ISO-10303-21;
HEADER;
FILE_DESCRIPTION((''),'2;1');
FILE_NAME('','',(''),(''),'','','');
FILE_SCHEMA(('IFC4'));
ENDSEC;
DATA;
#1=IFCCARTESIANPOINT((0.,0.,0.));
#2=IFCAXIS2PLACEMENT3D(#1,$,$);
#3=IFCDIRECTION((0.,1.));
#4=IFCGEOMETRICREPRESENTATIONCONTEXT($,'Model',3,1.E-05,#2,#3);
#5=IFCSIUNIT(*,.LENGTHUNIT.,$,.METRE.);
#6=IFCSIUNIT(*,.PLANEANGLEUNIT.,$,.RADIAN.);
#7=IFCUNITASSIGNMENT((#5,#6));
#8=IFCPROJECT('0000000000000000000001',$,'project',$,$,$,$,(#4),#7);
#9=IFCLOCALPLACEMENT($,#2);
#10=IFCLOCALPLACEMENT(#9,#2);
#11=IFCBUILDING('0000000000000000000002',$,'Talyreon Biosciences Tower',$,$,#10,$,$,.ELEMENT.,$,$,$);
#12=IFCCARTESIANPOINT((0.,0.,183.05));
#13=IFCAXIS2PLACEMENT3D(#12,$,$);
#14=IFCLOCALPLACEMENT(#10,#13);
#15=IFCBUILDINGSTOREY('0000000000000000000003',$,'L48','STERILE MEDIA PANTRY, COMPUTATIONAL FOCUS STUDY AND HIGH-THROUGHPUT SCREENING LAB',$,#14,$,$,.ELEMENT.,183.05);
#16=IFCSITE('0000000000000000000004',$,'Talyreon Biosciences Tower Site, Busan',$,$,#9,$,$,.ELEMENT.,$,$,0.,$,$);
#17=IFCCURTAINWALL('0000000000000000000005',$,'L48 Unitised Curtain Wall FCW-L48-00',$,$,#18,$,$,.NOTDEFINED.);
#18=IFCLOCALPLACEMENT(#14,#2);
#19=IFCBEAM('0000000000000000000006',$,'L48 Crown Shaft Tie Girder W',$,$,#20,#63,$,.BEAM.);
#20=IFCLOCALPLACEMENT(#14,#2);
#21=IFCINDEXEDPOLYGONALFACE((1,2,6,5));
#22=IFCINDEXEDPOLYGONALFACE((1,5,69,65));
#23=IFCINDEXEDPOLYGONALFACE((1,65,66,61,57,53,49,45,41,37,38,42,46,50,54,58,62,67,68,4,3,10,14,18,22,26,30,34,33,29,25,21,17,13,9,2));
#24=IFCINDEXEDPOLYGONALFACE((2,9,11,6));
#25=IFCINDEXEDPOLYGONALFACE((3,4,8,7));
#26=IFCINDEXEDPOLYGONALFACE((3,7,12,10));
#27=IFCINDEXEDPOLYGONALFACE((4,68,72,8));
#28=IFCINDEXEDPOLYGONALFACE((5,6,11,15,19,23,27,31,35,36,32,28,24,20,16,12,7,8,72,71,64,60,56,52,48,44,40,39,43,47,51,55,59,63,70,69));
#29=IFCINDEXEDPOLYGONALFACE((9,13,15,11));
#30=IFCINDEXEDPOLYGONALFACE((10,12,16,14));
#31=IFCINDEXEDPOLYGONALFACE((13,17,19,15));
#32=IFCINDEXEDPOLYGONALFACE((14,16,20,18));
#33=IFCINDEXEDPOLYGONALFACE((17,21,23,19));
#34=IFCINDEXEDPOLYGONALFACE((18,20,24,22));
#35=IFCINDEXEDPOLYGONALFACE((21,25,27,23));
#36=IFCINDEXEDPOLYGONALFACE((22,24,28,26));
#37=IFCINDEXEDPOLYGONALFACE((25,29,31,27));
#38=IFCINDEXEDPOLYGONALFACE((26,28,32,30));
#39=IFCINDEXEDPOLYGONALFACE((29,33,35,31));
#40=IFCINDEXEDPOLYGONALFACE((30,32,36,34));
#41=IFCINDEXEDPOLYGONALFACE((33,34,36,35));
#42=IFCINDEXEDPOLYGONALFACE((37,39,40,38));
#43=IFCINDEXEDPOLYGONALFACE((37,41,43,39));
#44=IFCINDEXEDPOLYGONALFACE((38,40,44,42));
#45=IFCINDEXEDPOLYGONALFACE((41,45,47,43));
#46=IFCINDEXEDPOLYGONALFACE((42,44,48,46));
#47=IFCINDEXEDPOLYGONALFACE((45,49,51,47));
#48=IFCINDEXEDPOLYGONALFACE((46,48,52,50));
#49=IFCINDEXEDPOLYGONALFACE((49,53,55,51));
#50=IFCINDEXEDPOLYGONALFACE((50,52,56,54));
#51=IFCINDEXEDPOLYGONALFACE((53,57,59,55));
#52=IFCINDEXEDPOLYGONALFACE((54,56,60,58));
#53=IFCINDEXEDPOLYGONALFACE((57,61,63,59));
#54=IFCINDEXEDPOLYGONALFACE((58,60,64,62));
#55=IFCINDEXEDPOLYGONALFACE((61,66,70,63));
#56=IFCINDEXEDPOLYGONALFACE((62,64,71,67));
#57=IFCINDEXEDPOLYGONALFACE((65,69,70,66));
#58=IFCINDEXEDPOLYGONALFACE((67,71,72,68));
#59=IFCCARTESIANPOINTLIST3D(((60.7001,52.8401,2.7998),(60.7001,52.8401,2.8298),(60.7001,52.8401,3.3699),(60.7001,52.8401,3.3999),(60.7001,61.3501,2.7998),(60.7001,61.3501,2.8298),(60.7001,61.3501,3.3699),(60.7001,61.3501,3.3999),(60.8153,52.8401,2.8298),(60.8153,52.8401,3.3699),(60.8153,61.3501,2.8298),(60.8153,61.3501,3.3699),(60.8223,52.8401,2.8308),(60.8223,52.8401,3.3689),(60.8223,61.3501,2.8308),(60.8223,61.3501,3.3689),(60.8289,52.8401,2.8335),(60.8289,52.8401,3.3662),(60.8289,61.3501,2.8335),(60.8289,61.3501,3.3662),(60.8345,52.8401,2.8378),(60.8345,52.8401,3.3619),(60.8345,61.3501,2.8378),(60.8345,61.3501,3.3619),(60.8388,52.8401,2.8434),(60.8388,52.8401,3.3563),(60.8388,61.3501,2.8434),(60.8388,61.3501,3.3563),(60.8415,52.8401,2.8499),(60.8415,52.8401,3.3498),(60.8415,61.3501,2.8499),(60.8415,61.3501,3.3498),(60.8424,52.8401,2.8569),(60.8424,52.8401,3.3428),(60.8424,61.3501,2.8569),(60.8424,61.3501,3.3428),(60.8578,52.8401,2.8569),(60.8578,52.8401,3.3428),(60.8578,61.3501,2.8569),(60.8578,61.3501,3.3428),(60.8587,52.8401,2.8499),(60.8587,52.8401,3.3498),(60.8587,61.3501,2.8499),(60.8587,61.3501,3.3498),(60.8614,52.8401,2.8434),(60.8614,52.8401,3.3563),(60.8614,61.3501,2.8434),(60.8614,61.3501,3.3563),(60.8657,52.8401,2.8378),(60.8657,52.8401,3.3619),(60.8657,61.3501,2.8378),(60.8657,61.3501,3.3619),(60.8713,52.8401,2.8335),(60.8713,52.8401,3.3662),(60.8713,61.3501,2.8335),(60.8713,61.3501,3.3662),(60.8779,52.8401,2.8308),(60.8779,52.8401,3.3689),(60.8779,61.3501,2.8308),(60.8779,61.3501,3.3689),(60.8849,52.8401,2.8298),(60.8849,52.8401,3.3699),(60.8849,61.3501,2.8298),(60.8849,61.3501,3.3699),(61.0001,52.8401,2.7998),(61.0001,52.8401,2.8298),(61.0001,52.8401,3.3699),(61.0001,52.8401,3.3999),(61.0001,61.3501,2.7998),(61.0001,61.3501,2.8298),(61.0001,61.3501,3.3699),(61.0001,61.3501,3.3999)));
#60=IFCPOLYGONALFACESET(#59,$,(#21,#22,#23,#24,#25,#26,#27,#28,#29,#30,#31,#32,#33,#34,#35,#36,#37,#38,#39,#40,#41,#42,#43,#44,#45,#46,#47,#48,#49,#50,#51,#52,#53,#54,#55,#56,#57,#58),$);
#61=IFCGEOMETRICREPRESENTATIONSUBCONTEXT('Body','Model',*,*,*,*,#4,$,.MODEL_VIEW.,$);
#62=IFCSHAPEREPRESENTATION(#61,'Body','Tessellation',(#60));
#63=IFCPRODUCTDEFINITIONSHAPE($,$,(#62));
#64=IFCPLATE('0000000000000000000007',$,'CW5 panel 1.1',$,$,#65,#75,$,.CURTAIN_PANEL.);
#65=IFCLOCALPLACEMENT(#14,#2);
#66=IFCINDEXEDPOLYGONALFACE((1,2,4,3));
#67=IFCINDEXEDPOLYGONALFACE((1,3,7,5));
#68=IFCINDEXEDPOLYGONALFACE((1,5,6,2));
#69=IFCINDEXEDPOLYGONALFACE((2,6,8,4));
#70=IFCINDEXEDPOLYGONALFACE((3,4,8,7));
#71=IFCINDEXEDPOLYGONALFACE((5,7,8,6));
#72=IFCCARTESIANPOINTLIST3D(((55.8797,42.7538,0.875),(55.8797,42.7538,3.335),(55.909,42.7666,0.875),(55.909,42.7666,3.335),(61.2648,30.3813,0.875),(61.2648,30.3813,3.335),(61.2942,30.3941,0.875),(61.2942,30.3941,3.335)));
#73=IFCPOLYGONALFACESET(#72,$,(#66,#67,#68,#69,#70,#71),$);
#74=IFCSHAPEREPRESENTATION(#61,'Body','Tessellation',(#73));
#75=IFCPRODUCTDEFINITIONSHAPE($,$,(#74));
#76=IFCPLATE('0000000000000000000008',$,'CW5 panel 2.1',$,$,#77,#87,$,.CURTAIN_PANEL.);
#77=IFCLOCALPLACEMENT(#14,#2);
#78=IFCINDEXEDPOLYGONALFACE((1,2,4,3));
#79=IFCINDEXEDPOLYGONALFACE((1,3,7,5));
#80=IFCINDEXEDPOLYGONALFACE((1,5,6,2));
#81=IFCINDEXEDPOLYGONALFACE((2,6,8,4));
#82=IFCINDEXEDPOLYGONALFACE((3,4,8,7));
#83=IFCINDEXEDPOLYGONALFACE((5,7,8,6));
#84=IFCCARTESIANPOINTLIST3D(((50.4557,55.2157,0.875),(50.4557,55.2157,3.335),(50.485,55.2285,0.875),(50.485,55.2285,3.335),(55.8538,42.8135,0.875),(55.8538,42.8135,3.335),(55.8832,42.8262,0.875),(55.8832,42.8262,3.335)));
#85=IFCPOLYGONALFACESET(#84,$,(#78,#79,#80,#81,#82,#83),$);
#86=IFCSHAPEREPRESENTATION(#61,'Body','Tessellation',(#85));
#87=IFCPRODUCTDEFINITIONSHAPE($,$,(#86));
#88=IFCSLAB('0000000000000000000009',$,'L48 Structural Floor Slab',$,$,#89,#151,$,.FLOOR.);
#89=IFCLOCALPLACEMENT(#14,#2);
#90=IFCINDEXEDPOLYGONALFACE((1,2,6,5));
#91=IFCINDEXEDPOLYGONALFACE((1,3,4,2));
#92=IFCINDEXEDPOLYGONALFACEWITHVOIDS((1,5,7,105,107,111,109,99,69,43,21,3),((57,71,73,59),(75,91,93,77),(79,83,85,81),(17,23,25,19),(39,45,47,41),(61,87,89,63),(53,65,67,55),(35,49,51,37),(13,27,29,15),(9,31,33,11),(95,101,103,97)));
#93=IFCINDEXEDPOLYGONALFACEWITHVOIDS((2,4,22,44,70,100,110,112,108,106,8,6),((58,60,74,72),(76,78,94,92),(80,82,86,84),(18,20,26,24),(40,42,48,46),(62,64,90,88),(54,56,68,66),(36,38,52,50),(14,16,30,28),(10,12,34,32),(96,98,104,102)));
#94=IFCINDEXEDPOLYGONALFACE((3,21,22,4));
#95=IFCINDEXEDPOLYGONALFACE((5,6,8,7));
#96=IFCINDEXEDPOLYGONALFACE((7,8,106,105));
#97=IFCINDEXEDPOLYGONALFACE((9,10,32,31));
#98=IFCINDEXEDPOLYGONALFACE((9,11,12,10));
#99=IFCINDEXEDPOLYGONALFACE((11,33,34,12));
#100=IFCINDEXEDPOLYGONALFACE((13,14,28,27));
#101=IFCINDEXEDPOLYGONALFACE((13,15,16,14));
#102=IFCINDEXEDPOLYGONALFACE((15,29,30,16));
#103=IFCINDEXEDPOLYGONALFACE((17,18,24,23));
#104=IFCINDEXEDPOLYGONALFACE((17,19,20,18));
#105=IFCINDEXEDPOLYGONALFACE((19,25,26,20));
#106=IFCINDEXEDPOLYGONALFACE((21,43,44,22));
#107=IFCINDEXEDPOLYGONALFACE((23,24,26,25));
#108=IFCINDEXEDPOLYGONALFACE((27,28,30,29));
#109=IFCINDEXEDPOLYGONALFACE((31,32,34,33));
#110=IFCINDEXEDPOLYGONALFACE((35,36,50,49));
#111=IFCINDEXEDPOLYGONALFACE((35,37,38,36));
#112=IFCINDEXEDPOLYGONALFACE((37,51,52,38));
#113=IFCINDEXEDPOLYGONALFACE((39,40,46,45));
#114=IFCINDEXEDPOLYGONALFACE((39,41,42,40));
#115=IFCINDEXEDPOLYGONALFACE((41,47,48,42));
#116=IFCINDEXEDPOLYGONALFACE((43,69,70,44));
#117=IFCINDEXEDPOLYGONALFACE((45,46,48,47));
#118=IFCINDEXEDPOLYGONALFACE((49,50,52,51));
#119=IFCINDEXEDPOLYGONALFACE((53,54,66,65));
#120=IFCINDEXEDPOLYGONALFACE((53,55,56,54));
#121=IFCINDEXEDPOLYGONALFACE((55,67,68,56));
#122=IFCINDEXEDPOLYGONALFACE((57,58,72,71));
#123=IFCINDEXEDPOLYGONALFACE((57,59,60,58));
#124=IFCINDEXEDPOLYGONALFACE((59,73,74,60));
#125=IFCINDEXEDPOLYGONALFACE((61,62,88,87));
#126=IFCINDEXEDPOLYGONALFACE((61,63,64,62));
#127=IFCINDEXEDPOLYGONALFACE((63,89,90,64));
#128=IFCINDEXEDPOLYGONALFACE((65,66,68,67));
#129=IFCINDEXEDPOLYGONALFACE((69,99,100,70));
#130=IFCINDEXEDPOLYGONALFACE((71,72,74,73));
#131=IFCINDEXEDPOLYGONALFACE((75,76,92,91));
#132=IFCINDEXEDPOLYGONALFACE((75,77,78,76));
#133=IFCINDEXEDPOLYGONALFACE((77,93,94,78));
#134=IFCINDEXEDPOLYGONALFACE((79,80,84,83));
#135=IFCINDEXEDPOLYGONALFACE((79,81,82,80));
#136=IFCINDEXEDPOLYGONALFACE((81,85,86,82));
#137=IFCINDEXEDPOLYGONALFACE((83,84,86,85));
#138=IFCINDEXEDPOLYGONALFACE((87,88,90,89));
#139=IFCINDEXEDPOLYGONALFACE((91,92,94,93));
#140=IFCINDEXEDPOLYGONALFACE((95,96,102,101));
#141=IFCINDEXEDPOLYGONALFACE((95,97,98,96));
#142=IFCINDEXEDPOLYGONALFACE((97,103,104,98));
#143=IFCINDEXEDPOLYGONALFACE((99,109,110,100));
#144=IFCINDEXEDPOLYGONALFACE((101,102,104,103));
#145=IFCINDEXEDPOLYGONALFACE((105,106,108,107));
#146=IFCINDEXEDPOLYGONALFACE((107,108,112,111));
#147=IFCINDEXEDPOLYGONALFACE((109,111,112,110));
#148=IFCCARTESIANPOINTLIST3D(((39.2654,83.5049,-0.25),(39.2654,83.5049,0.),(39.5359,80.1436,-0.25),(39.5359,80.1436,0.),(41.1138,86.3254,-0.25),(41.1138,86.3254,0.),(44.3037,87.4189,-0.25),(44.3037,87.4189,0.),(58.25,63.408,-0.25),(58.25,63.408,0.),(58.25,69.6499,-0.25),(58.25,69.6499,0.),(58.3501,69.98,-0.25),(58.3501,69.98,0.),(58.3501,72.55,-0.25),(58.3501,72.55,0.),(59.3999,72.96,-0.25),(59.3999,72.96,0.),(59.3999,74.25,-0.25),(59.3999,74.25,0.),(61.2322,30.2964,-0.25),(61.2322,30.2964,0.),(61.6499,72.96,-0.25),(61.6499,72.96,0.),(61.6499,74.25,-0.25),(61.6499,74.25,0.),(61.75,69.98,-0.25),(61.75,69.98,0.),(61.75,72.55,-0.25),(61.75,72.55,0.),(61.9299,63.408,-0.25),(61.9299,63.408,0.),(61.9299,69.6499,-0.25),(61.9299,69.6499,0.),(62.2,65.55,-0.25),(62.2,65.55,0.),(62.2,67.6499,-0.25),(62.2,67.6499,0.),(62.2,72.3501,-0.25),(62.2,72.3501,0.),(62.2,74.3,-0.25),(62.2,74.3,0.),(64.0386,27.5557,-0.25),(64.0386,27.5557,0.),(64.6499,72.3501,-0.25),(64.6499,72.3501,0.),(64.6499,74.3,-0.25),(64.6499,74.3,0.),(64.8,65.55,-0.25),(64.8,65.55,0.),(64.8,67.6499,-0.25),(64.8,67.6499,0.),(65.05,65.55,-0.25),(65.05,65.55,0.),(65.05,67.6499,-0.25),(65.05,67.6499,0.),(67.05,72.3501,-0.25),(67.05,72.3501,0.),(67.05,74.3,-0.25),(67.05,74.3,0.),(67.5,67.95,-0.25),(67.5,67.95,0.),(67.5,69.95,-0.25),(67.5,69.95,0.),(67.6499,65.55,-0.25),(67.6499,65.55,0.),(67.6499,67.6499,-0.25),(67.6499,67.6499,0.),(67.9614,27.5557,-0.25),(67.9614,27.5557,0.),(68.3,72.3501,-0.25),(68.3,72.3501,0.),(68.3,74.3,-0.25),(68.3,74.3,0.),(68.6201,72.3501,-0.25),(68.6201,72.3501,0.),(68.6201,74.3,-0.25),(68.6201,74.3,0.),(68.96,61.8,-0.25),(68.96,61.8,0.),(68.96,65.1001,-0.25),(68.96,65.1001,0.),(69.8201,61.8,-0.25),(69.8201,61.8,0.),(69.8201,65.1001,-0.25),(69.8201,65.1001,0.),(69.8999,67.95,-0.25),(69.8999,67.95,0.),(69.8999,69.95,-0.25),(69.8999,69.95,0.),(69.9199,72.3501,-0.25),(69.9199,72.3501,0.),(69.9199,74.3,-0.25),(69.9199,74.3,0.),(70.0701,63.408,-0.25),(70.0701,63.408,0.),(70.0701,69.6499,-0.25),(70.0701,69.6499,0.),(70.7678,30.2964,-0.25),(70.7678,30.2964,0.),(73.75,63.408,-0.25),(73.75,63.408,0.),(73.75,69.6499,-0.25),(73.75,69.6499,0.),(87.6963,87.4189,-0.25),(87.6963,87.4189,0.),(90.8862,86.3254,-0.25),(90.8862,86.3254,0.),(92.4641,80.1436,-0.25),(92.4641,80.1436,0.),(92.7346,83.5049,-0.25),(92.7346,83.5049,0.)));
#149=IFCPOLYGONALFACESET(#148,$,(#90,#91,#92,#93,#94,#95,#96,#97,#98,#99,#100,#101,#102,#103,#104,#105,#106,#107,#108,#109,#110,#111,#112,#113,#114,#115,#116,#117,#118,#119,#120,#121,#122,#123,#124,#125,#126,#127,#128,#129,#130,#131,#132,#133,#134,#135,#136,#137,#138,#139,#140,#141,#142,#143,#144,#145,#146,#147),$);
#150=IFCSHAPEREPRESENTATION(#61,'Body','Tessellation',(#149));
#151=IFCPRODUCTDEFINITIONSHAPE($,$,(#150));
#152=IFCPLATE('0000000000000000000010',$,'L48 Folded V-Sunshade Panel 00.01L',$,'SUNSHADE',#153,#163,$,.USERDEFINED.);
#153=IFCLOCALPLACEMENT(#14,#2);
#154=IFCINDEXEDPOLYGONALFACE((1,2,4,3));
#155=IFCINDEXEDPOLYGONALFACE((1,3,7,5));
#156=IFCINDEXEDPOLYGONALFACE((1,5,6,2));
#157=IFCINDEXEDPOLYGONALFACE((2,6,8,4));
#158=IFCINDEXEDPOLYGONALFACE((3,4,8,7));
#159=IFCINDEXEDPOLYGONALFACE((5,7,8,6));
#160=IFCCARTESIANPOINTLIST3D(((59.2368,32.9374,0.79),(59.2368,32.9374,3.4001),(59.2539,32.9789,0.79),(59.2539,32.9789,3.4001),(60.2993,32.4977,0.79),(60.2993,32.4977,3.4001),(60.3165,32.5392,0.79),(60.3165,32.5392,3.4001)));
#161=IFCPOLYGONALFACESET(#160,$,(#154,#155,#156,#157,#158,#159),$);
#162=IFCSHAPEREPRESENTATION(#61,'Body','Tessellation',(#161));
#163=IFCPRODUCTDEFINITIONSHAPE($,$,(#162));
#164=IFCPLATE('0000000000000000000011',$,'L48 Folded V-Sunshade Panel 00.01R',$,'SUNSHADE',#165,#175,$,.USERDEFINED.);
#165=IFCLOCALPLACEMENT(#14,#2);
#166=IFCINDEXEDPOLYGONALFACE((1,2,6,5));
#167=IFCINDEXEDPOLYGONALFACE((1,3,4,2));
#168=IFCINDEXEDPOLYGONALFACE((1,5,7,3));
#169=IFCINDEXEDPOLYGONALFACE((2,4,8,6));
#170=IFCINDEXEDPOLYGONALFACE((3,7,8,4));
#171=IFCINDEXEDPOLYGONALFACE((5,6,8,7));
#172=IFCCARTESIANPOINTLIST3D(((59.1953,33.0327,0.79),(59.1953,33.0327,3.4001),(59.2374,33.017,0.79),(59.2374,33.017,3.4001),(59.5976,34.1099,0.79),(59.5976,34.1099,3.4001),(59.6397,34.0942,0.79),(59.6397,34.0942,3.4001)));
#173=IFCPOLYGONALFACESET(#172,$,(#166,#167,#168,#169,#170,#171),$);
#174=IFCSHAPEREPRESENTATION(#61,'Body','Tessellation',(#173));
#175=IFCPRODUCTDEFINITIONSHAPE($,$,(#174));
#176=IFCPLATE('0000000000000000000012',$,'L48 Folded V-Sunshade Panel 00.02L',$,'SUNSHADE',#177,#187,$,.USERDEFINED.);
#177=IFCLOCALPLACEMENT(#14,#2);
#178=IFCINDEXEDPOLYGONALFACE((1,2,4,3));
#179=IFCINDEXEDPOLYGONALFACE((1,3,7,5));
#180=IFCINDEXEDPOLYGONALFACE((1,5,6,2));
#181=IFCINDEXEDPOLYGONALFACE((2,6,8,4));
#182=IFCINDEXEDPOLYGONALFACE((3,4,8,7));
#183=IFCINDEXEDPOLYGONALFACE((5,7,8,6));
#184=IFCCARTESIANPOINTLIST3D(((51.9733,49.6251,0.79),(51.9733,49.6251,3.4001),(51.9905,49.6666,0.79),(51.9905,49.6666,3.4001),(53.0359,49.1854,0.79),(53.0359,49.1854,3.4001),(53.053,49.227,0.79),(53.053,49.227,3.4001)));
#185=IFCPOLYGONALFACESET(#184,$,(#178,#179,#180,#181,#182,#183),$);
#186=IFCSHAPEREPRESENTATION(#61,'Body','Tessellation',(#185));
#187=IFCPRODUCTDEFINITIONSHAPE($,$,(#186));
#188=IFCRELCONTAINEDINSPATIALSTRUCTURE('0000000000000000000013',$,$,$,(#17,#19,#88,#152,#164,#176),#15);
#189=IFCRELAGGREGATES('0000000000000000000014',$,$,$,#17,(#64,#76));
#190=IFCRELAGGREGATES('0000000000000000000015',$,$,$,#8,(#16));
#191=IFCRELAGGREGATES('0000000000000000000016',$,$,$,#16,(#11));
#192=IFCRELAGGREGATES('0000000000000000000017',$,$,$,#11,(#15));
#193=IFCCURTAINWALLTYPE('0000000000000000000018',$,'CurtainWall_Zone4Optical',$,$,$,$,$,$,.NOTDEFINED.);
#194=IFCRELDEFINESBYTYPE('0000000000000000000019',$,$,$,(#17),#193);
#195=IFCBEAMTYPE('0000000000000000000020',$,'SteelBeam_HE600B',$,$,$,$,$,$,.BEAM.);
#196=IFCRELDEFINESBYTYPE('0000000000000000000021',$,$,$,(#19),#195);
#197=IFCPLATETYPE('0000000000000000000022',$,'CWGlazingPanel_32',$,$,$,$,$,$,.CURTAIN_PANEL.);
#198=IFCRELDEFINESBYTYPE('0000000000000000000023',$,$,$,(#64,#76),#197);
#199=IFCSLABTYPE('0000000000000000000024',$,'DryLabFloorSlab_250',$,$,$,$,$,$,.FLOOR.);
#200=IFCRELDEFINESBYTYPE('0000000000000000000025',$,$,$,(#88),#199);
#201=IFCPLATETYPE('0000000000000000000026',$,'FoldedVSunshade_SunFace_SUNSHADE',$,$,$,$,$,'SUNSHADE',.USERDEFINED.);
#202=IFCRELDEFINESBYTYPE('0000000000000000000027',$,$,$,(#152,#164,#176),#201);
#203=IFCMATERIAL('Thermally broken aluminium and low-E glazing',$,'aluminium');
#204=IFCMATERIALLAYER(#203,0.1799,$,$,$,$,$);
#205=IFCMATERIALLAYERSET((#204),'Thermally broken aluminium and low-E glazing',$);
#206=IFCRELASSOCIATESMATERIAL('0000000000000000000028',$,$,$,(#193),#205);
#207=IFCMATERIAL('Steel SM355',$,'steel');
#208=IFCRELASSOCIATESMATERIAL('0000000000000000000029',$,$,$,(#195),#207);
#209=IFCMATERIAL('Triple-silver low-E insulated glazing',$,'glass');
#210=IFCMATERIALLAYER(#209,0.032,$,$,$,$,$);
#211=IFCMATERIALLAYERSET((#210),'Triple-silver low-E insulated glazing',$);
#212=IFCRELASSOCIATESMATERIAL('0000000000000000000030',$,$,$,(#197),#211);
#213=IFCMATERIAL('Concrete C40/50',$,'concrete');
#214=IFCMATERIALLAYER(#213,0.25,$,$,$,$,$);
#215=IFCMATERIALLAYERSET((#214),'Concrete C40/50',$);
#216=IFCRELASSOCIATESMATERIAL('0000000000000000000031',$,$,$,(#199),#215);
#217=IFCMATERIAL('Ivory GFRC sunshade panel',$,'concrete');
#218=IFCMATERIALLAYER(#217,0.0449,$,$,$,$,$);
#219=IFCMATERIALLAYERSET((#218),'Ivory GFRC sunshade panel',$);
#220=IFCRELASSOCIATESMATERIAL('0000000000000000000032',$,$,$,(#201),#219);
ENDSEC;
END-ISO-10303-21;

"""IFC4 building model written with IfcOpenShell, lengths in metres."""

from ifc_helpers import new_model, si_unit, direction, frame, origin, origin_2d, place, context, subcontext, project, spatial, polyline, rectangle, i_section, outline, extrude, material, layer, layer_set, material_profile, profile_set, type_object, element, aggregate, save


model = new_model("IFC4")

# Units and contexts
model_context = context("Model", 3, precision=1e-05, world=origin(), true_north=direction((0.0, 1.0)))
body_context = subcontext(model_context, "Body", "Model", "MODEL_VIEW")
ifc_project = project(units=[si_unit("LENGTHUNIT", "METRE"), si_unit("PLANEANGLEUNIT", "RADIAN")], contexts=[model_context])

# Site, building, storey
site_placement = place(None, origin())
site = spatial("IfcSite", under=ifc_project, at=site_placement, Name="Talyreon Biosciences Tower Site, Busan", CompositionType="ELEMENT", RefElevation=0.0)
building_placement = place(site_placement, origin())
building = spatial("IfcBuilding", under=site, at=building_placement, Name="Talyreon Biosciences Tower", CompositionType="ELEMENT")
storey_placement = place(building_placement, frame((0.0, 0.0, 183.05)))
storey = spatial("IfcBuildingStorey", under=building, at=storey_placement, Name="L48", Description="STERILE MEDIA PANTRY, COMPUTATIONAL FOCUS STUDY AND HIGH-THROUGHPUT SCREENING LAB", CompositionType="ELEMENT", Elevation=183.05)

# Curtain wall
ifc_material_1 = material(Name="Thermally broken aluminium and low-E glazing", Category="aluminium")
ifc_layer_1 = layer(ifc_material_1, 0.1799)
ifc_layer_set_1 = layer_set([ifc_layer_1], Name="Thermally broken aluminium and low-E glazing")
curtain_wall_type = type_object("IfcCurtainWallType", Name="CurtainWall_Zone4Optical", PredefinedType="NOTDEFINED", material=ifc_layer_set_1)
curtain_wall_placement = place(storey_placement, origin())
curtain_wall = element("IfcCurtainWall", 1, at=curtain_wall_placement, inside=storey, type_object=curtain_wall_type, Name="L48 Unitised Curtain Wall FCW-L48-00", PredefinedType="NOTDEFINED")

# Beam
ifc_material_2 = material(Name="Steel SM355", Category="steel")
ifc_material_profile_1 = material_profile(ifc_material_2, i_section(OverallWidth=0.3, OverallDepth=0.6001, WebThickness=0.0154, FlangeThickness=0.03, FilletRadius=0.0271, at=origin_2d()), Name="HE600B")
ifc_profile_set_1 = profile_set([ifc_material_profile_1], Name="Steel SM355")
beam_type_1 = type_object("IfcBeamType", Name="SteelBeam_HE600B", PredefinedType="BEAM", material=ifc_profile_set_1)
beam_1_placement = place(storey_placement, frame((60.8501, 52.8401, 3.0999), z_axis=(0.0, 1.0, 0.0), x_axis=(-1.0, 0.0, 0.0)))
element("IfcBeam", 2, at=beam_1_placement, inside=storey, type_object=beam_type_1, Name="L48 Crown Shaft Tie Girder W", PredefinedType="BEAM", context=body_context, shape_type="SweptSolid", body=[
    extrude(i_section(OverallWidth=0.3, OverallDepth=0.6001, WebThickness=0.0154, FlangeThickness=0.03, FilletRadius=0.0271, at=origin_2d()), origin(), (0.0, 0.0, 1.0), 8.51),
])

# Plates
ifc_material_3 = material(Name="Triple-silver low-E insulated glazing", Category="glass")
ifc_layer_2 = layer(ifc_material_3, 0.032)
ifc_layer_set_2 = layer_set([ifc_layer_2], Name="Triple-silver low-E insulated glazing")
plate_type_1 = type_object("IfcPlateType", Name="CWGlazingPanel_32", PredefinedType="CURTAIN_PANEL", material=ifc_layer_set_2)
plate_1_placement = place(storey_placement, frame((58.5869, 36.574, 0.875), z_axis=(0.0, 0.0, 1.0), x_axis=(-0.399089, 0.916912, 0.0)))
plate_1 = element("IfcPlate", 3, at=plate_1_placement, type_object=plate_type_1, Name="CW5 panel 1.1", PredefinedType="CURTAIN_PANEL", context=body_context, shape_type="SweptSolid", body=[
    extrude(rectangle(XDim=13.4937, YDim=0.032, at=origin_2d()), origin(), (0.0, 0.0, 1.0), 2.46),
])
plate_2_placement = place(storey_placement, frame((53.1694, 49.021, 0.875), z_axis=(0.0, 0.0, 1.0), x_axis=(-0.399089, 0.916912, 0.0)))
plate_2 = element("IfcPlate", 4, at=plate_2_placement, type_object=plate_type_1, Name="CW5 panel 2.1", PredefinedType="CURTAIN_PANEL", context=body_context, shape_type="SweptSolid", body=[
    extrude(rectangle(XDim=13.5261, YDim=0.032, at=origin_2d()), origin(), (0.0, 0.0, 1.0), 2.46),
])
aggregate(curtain_wall, [plate_1, plate_2])

# Slab
ifc_material_4 = material(Name="Concrete C40/50", Category="concrete")
ifc_layer_3 = layer(ifc_material_4, 0.25)
ifc_layer_set_3 = layer_set([ifc_layer_3], Name="Concrete C40/50")
slab_type_1 = type_object("IfcSlabType", Name="DryLabFloorSlab_250", PredefinedType="FLOOR", material=ifc_layer_set_3)
slab_1_placement = place(storey_placement, frame((0.0, 0.0, -0.25)))
element("IfcSlab", 5, at=slab_1_placement, inside=storey, type_object=slab_type_1, Name="L48 Structural Floor Slab", PredefinedType="FLOOR", context=body_context, shape_type="SweptSolid", body=[
    extrude(outline(polyline([(61.2322, 30.2964), (39.5359, 80.1436), (39.2654, 83.5049), (41.1138, 86.3254), (44.3037, 87.4189), (87.6963, 87.4189), (90.8862, 86.3254), (92.7346, 83.5049), (92.4641, 80.1436), (70.7678, 30.2964), (67.9614, 27.5557), (64.0386, 27.5557), (61.2322, 30.2964)]), holes=[polyline([(61.9299, 69.6499), (61.9299, 63.408), (58.25, 63.408), (58.25, 69.6499), (61.9299, 69.6499)]), polyline([(64.8, 67.6499), (64.8, 65.55), (62.2, 65.55), (62.2, 67.6499), (64.8, 67.6499)]), polyline([(67.6499, 67.6499), (67.6499, 65.55), (65.05, 65.55), (65.05, 67.6499), (67.6499, 67.6499)]), polyline([(61.75, 69.98), (58.3501, 69.98), (58.3501, 72.55), (61.75, 72.55), (61.75, 69.98)]), polyline([(64.6499, 72.3501), (62.2, 72.3501), (62.2, 74.3), (64.6499, 74.3), (64.6499, 72.3501)]), polyline([(61.6499, 74.25), (61.6499, 72.96), (59.3999, 72.96), (59.3999, 74.25), (61.6499, 74.25)]), polyline([(69.8201, 61.8), (68.96, 61.8), (68.96, 65.1001), (69.8201, 65.1001), (69.8201, 61.8)]), polyline([(73.75, 63.408), (70.0701, 63.408), (70.0701, 69.6499), (73.75, 69.6499), (73.75, 63.408)]), polyline([(69.8999, 69.95), (69.8999, 67.95), (67.5, 67.95), (67.5, 69.95), (69.8999, 69.95)]), polyline([(68.3, 72.3501), (67.05, 72.3501), (67.05, 74.3), (68.3, 74.3), (68.3, 72.3501)]), polyline([(69.9199, 72.3501), (68.6201, 72.3501), (68.6201, 74.3), (69.9199, 74.3), (69.9199, 72.3501)])]), origin(), (0.0, 0.0, 1.0), 0.25),
])

# Plates
ifc_material_5 = material(Name="Ivory GFRC sunshade panel", Category="concrete")
ifc_layer_4 = layer(ifc_material_5, 0.0449)
ifc_layer_set_4 = layer_set([ifc_layer_4], Name="Ivory GFRC sunshade panel")
plate_type_2 = type_object("IfcPlateType", Name="FoldedVSunshade_SunFace_SUNSHADE", ElementType="SUNSHADE", PredefinedType="USERDEFINED", material=ifc_layer_set_4)
for number, where, z_axis, x_axis, name in (
    (6, (59.7766, 32.7383, 0.79), (0.0, 0.0, 1.0), (-0.92402, 0.382345, 0.0), "L48 Folded V-Sunshade Panel 00.01L"),
    (7, (59.4175, 33.5635, 0.79), (0.0, 0.0, 1.0), (0.349864, 0.9368, 0.0), "L48 Folded V-Sunshade Panel 00.01R"),
    (8, (52.5132, 49.426, 0.79), (0.0, 0.0, 1.0), (-0.92402, 0.382345, 0.0), "L48 Folded V-Sunshade Panel 00.02L"),
):
    element("IfcPlate", number, at=place(storey_placement, frame(where, z_axis=z_axis, x_axis=x_axis)), inside=storey, type_object=plate_type_2, Name=name, ObjectType="SUNSHADE", PredefinedType="USERDEFINED", context=body_context, shape_type="SweptSolid", body=[
        extrude(rectangle(XDim=1.1499, YDim=0.0449, at=origin_2d()), origin(), (0.0, 0.0, 1.0), 2.6101),
    ])

save(model, "model.ifc")
